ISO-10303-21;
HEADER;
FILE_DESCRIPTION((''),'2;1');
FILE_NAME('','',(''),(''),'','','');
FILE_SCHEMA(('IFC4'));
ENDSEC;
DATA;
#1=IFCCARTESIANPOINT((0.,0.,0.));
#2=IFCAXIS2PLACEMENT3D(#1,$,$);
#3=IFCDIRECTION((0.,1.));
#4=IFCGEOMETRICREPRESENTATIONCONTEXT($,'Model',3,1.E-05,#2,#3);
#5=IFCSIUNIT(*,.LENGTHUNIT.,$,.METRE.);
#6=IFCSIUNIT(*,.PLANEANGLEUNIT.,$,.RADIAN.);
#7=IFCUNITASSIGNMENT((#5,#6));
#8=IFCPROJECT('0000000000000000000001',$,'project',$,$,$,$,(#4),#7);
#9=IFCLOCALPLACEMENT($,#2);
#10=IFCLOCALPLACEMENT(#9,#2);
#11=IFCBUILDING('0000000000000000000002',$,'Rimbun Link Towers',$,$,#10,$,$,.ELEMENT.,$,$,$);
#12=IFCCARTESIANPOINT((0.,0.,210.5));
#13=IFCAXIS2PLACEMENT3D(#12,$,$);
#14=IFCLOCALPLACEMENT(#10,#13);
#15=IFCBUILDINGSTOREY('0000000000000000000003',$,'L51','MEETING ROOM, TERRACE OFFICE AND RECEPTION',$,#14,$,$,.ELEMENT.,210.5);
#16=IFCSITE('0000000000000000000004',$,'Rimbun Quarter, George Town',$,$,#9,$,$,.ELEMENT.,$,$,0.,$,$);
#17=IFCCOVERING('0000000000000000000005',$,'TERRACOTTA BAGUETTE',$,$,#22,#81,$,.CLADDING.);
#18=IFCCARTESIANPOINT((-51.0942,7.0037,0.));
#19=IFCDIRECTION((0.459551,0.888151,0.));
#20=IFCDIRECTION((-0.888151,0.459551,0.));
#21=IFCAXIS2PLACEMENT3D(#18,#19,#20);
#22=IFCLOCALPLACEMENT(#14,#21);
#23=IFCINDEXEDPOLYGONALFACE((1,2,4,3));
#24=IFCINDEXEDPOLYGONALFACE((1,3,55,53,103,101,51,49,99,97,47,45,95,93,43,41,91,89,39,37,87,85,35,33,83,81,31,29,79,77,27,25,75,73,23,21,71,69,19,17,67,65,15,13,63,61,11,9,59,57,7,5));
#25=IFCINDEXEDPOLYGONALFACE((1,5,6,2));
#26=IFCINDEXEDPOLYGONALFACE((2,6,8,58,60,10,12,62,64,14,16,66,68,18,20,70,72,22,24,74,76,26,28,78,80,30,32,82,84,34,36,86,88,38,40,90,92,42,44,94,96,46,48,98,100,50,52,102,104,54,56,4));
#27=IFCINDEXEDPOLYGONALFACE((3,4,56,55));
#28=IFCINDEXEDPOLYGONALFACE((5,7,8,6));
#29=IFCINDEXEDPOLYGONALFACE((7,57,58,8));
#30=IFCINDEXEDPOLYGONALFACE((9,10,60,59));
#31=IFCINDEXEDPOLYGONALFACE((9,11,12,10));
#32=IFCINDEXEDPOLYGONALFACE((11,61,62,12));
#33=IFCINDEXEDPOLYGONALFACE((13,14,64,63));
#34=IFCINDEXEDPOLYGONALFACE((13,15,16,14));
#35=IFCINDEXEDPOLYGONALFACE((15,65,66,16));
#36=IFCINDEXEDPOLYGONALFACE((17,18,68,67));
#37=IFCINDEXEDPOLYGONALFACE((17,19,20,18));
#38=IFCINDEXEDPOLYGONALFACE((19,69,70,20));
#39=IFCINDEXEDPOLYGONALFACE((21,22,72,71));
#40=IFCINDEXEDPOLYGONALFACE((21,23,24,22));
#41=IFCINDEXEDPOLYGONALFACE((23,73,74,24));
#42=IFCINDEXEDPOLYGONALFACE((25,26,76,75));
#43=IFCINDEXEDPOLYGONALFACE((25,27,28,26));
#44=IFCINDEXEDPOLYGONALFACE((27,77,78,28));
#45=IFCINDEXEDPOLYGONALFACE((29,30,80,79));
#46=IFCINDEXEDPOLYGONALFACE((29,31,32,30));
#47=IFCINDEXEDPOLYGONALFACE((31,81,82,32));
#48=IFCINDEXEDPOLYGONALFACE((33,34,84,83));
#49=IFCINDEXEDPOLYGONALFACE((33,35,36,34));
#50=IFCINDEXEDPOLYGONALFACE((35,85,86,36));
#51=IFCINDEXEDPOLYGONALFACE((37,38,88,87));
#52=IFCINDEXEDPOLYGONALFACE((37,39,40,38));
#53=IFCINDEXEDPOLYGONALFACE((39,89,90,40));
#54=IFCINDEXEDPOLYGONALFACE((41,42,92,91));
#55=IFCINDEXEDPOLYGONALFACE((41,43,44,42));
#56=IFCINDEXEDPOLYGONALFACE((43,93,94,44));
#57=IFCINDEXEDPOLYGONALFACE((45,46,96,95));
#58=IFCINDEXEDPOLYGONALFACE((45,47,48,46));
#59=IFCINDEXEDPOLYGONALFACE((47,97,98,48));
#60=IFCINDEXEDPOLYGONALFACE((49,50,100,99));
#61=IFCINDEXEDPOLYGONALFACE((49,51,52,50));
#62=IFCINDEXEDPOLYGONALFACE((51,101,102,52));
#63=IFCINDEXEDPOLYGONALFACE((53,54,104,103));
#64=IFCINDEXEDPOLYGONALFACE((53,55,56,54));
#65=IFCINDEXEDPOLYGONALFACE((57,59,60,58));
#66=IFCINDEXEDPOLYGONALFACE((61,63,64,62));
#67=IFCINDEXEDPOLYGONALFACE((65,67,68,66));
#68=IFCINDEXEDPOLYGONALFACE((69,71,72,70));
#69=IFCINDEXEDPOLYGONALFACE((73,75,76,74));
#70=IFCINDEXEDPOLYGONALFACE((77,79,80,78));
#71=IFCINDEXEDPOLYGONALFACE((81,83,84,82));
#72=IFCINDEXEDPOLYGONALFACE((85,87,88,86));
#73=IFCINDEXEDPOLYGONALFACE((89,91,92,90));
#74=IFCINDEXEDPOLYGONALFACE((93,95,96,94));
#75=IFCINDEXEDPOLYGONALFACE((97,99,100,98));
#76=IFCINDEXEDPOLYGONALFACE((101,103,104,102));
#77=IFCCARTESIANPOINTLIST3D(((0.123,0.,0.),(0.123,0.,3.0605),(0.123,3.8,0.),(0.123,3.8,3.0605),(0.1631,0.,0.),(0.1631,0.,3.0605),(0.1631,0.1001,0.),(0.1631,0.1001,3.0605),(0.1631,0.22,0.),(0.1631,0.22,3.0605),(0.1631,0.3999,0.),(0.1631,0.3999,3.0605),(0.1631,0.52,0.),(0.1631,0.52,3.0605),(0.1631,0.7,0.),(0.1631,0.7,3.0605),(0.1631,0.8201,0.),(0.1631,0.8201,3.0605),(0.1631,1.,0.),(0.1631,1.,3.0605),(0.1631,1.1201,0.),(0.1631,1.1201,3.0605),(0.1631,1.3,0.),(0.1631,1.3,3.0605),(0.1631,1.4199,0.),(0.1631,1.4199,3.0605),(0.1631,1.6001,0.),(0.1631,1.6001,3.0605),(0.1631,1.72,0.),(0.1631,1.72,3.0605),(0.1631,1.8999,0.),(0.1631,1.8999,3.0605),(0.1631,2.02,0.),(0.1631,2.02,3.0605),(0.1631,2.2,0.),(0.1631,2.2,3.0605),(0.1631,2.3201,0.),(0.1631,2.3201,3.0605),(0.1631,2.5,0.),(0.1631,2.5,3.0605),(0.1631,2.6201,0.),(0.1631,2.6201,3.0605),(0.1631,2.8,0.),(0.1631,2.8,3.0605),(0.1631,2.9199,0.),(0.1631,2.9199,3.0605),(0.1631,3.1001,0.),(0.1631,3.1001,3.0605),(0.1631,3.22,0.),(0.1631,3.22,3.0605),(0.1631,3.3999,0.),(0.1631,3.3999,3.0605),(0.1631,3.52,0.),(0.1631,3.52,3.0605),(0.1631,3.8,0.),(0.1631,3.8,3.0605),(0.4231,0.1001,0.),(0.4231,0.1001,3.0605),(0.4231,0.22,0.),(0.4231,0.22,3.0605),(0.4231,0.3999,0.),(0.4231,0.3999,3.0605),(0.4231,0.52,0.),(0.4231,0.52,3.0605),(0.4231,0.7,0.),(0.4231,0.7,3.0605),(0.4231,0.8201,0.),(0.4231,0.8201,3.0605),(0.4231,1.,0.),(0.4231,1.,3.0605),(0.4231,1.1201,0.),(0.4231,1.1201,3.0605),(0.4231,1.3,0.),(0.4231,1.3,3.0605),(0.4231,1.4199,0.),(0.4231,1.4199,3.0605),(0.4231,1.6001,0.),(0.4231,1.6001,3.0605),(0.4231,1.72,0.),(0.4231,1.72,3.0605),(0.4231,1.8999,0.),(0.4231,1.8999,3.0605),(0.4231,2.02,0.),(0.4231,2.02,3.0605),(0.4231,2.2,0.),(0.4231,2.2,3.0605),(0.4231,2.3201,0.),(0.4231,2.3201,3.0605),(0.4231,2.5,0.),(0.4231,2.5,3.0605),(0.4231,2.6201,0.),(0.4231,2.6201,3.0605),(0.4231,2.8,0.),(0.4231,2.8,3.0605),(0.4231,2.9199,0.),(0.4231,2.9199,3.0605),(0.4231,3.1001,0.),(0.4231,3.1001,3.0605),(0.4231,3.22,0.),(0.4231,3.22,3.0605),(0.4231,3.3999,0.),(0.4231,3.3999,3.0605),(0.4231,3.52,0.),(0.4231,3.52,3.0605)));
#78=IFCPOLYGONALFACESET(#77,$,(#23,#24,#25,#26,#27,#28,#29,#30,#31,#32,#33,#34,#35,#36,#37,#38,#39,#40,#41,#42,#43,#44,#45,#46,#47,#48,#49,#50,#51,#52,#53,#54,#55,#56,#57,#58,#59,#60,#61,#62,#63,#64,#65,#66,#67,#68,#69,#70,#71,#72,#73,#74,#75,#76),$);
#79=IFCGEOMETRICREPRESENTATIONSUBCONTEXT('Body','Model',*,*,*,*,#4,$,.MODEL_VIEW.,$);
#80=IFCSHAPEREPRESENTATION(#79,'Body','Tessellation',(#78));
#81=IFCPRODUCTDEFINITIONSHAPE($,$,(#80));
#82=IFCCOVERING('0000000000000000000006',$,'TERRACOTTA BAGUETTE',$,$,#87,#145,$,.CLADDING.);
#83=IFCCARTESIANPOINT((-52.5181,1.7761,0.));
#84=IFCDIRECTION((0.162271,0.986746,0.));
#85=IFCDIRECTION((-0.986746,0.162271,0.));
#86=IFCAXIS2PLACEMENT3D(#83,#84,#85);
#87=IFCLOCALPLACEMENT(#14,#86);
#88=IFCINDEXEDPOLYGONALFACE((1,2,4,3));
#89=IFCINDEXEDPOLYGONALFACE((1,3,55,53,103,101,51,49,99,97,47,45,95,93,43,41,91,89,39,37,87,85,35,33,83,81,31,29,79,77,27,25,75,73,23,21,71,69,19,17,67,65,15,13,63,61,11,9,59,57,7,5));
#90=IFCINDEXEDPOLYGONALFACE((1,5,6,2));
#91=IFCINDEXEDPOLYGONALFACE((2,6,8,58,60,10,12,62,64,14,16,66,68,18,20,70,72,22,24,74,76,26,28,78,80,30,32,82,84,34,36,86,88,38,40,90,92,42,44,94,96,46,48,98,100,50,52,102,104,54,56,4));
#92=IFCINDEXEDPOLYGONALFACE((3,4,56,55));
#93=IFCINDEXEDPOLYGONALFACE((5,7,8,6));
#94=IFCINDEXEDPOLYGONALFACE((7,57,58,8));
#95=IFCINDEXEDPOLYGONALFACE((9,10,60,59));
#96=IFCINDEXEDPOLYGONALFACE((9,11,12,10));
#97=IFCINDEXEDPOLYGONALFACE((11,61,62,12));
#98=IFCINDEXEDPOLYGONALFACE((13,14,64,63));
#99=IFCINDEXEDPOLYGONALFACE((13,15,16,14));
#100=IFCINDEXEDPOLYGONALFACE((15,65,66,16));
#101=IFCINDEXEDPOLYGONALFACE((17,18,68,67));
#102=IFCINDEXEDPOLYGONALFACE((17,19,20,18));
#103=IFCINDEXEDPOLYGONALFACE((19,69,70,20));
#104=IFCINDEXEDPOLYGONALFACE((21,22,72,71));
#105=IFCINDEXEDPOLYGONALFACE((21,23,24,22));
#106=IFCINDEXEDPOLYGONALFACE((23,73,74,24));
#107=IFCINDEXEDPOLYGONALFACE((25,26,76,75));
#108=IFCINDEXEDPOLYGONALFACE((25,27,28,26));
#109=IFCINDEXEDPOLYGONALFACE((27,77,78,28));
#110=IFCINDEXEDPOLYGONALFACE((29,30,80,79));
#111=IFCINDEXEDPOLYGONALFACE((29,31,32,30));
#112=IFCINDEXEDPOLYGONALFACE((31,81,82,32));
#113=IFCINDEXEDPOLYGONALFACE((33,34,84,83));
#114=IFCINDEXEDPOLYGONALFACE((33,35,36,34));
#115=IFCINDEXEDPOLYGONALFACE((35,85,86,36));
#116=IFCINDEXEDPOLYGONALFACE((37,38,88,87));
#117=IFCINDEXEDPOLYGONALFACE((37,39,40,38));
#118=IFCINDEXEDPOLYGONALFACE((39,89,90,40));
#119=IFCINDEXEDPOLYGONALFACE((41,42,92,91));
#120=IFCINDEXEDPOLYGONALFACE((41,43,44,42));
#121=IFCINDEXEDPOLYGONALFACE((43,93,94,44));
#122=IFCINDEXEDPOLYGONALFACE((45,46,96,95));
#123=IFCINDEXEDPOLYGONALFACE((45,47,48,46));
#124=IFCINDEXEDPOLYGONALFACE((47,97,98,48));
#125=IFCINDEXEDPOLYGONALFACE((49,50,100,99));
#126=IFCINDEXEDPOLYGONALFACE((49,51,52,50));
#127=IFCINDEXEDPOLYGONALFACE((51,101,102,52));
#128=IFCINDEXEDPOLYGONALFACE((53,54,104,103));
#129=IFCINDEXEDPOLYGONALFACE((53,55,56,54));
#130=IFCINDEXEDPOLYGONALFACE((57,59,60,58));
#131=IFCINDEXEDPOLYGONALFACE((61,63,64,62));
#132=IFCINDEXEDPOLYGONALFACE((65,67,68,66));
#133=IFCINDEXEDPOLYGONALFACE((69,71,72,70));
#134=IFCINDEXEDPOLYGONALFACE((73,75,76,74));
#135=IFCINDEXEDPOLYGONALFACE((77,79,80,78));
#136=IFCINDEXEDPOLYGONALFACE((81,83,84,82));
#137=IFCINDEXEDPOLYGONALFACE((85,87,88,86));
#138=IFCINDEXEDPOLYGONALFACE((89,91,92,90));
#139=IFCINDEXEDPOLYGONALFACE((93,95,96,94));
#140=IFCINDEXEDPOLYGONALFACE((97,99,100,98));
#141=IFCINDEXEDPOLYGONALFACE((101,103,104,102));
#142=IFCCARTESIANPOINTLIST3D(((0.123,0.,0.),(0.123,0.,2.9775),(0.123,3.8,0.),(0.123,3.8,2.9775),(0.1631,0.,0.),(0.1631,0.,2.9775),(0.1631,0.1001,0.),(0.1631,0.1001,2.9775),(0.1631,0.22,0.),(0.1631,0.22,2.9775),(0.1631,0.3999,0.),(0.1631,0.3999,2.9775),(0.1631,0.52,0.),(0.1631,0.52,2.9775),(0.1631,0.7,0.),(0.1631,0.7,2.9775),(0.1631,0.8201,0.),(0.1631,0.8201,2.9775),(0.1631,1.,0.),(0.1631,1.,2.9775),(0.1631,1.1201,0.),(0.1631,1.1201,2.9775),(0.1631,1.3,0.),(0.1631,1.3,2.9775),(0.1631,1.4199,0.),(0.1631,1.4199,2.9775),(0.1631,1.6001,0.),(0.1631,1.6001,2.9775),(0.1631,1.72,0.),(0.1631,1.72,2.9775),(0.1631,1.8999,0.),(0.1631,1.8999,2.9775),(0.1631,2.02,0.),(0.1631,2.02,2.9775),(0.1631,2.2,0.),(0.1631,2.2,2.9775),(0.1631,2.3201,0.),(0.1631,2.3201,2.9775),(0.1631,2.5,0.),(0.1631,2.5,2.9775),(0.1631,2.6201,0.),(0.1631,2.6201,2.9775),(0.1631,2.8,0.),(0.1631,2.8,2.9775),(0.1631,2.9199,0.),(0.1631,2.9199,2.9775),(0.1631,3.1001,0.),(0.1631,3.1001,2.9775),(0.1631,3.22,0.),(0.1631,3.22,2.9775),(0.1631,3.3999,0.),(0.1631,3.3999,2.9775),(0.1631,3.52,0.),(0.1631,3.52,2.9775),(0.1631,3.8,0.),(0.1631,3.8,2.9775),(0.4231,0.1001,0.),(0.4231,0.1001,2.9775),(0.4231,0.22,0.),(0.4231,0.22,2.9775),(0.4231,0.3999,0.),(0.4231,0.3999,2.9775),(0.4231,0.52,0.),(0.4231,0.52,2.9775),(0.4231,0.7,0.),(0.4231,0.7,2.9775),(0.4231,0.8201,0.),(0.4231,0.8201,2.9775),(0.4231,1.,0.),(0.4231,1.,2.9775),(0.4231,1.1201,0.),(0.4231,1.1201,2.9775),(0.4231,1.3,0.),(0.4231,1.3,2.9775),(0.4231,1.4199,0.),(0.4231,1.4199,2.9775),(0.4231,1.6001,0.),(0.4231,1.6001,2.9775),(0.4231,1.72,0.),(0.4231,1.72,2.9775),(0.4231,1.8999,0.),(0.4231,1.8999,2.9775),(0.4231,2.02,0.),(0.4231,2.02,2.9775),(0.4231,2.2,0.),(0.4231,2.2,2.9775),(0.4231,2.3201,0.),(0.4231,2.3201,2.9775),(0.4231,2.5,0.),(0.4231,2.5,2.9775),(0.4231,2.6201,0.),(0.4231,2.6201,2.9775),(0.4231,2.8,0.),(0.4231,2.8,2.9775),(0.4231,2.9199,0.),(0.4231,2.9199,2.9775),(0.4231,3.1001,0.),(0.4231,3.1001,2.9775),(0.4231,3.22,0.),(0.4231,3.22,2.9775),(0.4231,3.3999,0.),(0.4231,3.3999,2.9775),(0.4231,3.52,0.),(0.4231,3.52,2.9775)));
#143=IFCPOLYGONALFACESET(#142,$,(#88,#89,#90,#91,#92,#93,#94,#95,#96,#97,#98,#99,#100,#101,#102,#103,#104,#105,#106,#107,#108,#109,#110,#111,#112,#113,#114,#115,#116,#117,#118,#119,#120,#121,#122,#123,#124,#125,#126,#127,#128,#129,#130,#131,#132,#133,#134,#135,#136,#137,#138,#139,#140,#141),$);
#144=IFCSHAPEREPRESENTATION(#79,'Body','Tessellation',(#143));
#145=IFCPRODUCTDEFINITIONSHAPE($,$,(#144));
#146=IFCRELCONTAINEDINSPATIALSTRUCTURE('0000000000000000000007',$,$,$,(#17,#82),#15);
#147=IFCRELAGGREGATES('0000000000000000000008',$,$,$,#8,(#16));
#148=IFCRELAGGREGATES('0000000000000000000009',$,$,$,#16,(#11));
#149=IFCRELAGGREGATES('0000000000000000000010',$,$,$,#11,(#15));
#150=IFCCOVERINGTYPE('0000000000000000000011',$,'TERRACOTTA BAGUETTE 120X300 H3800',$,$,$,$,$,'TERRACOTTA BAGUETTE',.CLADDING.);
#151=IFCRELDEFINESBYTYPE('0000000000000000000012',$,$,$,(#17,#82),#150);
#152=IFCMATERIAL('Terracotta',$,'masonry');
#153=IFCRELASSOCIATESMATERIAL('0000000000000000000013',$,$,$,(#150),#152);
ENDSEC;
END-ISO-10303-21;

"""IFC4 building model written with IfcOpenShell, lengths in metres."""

from ifc_helpers import new_model, si_unit, direction, frame, origin, place, context, subcontext, project, spatial, polyline, outline, extrude, material, material_profile, profile_set, type_object, element, save


model = new_model("IFC4")

# Units and contexts
model_context = context("Model", 3, precision=1e-05, world=origin(), true_north=direction((0.0, 1.0)))
body_context = subcontext(model_context, "Body", "Model", "MODEL_VIEW")
ifc_project = project(units=[si_unit("LENGTHUNIT", "METRE"), si_unit("PLANEANGLEUNIT", "RADIAN")], contexts=[model_context])

# Site, building, storey
site_placement = place(None, origin())
site = spatial("IfcSite", under=ifc_project, at=site_placement, Name="Rimbun Quarter, George Town", CompositionType="ELEMENT", RefElevation=0.0)
building_placement = place(site_placement, origin())
building = spatial("IfcBuilding", under=site, at=building_placement, Name="Rimbun Link Towers", CompositionType="ELEMENT")
storey_placement = place(building_placement, frame((0.0, 0.0, 210.5)))
storey = spatial("IfcBuildingStorey", under=building, at=storey_placement, Name="L51", Description="MEETING ROOM, TERRACE OFFICE AND RECEPTION", CompositionType="ELEMENT", Elevation=210.5)

# Coverings
ifc_material_1 = material(Name="Terracotta", Category="masonry")
ifc_material_profile_1 = material_profile(ifc_material_1, outline(polyline([(0.123, 0.0), (0.1631, 0.0), (0.1631, 0.1001), (0.4231, 0.1001), (0.4231, 0.22), (0.1631, 0.22), (0.1631, 0.3999), (0.4231, 0.3999), (0.4231, 0.52), (0.1631, 0.52), (0.1631, 0.7), (0.4231, 0.7), (0.4231, 0.8201), (0.1631, 0.8201), (0.1631, 1.0), (0.4231, 1.0), (0.4231, 1.1201), (0.1631, 1.1201), (0.1631, 1.3), (0.4231, 1.3), (0.4231, 1.4199), (0.1631, 1.4199), (0.1631, 1.6001), (0.4231, 1.6001), (0.4231, 1.72), (0.1631, 1.72), (0.1631, 1.8999), (0.4231, 1.8999), (0.4231, 2.02), (0.1631, 2.02), (0.1631, 2.2), (0.4231, 2.2), (0.4231, 2.3201), (0.1631, 2.3201), (0.1631, 2.5), (0.4231, 2.5), (0.4231, 2.6201), (0.1631, 2.6201), (0.1631, 2.8), (0.4231, 2.8), (0.4231, 2.9199), (0.1631, 2.9199), (0.1631, 3.1001), (0.4231, 3.1001), (0.4231, 3.22), (0.1631, 3.22), (0.1631, 3.3999), (0.4231, 3.3999), (0.4231, 3.52), (0.1631, 3.52), (0.1631, 3.8), (0.123, 3.8), (0.123, 0.0)])), Name="BAGUETTE 120X300")
ifc_profile_set_1 = profile_set([ifc_material_profile_1], Name="Terracotta")
covering_type = type_object("IfcCoveringType", Name="TERRACOTTA BAGUETTE 120X300 H3800", ElementType="TERRACOTTA BAGUETTE", PredefinedType="CLADDING", material=ifc_profile_set_1)
covering_1_placement = place(storey_placement, frame((-51.0942, 7.0037, 0.0), z_axis=(0.459551, 0.888151, 0.0), x_axis=(-0.888151, 0.459551, 0.0)))
element("IfcCovering", 1, at=covering_1_placement, inside=storey, type_object=covering_type, Name="TERRACOTTA BAGUETTE", PredefinedType="CLADDING", context=body_context, shape_type="SweptSolid", body=[
    extrude(outline(polyline([(0.123, 0.0), (0.1631, 0.0), (0.1631, 0.1001), (0.4231, 0.1001), (0.4231, 0.22), (0.1631, 0.22), (0.1631, 0.3999), (0.4231, 0.3999), (0.4231, 0.52), (0.1631, 0.52), (0.1631, 0.7), (0.4231, 0.7), (0.4231, 0.8201), (0.1631, 0.8201), (0.1631, 1.0), (0.4231, 1.0), (0.4231, 1.1201), (0.1631, 1.1201), (0.1631, 1.3), (0.4231, 1.3), (0.4231, 1.4199), (0.1631, 1.4199), (0.1631, 1.6001), (0.4231, 1.6001), (0.4231, 1.72), (0.1631, 1.72), (0.1631, 1.8999), (0.4231, 1.8999), (0.4231, 2.02), (0.1631, 2.02), (0.1631, 2.2), (0.4231, 2.2), (0.4231, 2.3201), (0.1631, 2.3201), (0.1631, 2.5), (0.4231, 2.5), (0.4231, 2.6201), (0.1631, 2.6201), (0.1631, 2.8), (0.4231, 2.8), (0.4231, 2.9199), (0.1631, 2.9199), (0.1631, 3.1001), (0.4231, 3.1001), (0.4231, 3.22), (0.1631, 3.22), (0.1631, 3.3999), (0.4231, 3.3999), (0.4231, 3.52), (0.1631, 3.52), (0.1631, 3.8), (0.123, 3.8), (0.123, 0.0)])), origin(), (0.0, 0.0, 1.0), 3.0605),
])
covering_2_placement = place(storey_placement, frame((-52.5181, 1.7761, 0.0), z_axis=(0.162271, 0.986746, 0.0), x_axis=(-0.986746, 0.162271, 0.0)))
element("IfcCovering", 2, at=covering_2_placement, inside=storey, type_object=covering_type, Name="TERRACOTTA BAGUETTE", PredefinedType="CLADDING", context=body_context, shape_type="SweptSolid", body=[
    extrude(outline(polyline([(0.123, 0.0), (0.1631, 0.0), (0.1631, 0.1001), (0.4231, 0.1001), (0.4231, 0.22), (0.1631, 0.22), (0.1631, 0.3999), (0.4231, 0.3999), (0.4231, 0.52), (0.1631, 0.52), (0.1631, 0.7), (0.4231, 0.7), (0.4231, 0.8201), (0.1631, 0.8201), (0.1631, 1.0), (0.4231, 1.0), (0.4231, 1.1201), (0.1631, 1.1201), (0.1631, 1.3), (0.4231, 1.3), (0.4231, 1.4199), (0.1631, 1.4199), (0.1631, 1.6001), (0.4231, 1.6001), (0.4231, 1.72), (0.1631, 1.72), (0.1631, 1.8999), (0.4231, 1.8999), (0.4231, 2.02), (0.1631, 2.02), (0.1631, 2.2), (0.4231, 2.2), (0.4231, 2.3201), (0.1631, 2.3201), (0.1631, 2.5), (0.4231, 2.5), (0.4231, 2.6201), (0.1631, 2.6201), (0.1631, 2.8), (0.4231, 2.8), (0.4231, 2.9199), (0.1631, 2.9199), (0.1631, 3.1001), (0.4231, 3.1001), (0.4231, 3.22), (0.1631, 3.22), (0.1631, 3.3999), (0.4231, 3.3999), (0.4231, 3.52), (0.1631, 3.52), (0.1631, 3.8), (0.123, 3.8), (0.123, 0.0)])), origin(), (0.0, 0.0, 1.0), 2.9775),
])

save(model, "model.ifc")
